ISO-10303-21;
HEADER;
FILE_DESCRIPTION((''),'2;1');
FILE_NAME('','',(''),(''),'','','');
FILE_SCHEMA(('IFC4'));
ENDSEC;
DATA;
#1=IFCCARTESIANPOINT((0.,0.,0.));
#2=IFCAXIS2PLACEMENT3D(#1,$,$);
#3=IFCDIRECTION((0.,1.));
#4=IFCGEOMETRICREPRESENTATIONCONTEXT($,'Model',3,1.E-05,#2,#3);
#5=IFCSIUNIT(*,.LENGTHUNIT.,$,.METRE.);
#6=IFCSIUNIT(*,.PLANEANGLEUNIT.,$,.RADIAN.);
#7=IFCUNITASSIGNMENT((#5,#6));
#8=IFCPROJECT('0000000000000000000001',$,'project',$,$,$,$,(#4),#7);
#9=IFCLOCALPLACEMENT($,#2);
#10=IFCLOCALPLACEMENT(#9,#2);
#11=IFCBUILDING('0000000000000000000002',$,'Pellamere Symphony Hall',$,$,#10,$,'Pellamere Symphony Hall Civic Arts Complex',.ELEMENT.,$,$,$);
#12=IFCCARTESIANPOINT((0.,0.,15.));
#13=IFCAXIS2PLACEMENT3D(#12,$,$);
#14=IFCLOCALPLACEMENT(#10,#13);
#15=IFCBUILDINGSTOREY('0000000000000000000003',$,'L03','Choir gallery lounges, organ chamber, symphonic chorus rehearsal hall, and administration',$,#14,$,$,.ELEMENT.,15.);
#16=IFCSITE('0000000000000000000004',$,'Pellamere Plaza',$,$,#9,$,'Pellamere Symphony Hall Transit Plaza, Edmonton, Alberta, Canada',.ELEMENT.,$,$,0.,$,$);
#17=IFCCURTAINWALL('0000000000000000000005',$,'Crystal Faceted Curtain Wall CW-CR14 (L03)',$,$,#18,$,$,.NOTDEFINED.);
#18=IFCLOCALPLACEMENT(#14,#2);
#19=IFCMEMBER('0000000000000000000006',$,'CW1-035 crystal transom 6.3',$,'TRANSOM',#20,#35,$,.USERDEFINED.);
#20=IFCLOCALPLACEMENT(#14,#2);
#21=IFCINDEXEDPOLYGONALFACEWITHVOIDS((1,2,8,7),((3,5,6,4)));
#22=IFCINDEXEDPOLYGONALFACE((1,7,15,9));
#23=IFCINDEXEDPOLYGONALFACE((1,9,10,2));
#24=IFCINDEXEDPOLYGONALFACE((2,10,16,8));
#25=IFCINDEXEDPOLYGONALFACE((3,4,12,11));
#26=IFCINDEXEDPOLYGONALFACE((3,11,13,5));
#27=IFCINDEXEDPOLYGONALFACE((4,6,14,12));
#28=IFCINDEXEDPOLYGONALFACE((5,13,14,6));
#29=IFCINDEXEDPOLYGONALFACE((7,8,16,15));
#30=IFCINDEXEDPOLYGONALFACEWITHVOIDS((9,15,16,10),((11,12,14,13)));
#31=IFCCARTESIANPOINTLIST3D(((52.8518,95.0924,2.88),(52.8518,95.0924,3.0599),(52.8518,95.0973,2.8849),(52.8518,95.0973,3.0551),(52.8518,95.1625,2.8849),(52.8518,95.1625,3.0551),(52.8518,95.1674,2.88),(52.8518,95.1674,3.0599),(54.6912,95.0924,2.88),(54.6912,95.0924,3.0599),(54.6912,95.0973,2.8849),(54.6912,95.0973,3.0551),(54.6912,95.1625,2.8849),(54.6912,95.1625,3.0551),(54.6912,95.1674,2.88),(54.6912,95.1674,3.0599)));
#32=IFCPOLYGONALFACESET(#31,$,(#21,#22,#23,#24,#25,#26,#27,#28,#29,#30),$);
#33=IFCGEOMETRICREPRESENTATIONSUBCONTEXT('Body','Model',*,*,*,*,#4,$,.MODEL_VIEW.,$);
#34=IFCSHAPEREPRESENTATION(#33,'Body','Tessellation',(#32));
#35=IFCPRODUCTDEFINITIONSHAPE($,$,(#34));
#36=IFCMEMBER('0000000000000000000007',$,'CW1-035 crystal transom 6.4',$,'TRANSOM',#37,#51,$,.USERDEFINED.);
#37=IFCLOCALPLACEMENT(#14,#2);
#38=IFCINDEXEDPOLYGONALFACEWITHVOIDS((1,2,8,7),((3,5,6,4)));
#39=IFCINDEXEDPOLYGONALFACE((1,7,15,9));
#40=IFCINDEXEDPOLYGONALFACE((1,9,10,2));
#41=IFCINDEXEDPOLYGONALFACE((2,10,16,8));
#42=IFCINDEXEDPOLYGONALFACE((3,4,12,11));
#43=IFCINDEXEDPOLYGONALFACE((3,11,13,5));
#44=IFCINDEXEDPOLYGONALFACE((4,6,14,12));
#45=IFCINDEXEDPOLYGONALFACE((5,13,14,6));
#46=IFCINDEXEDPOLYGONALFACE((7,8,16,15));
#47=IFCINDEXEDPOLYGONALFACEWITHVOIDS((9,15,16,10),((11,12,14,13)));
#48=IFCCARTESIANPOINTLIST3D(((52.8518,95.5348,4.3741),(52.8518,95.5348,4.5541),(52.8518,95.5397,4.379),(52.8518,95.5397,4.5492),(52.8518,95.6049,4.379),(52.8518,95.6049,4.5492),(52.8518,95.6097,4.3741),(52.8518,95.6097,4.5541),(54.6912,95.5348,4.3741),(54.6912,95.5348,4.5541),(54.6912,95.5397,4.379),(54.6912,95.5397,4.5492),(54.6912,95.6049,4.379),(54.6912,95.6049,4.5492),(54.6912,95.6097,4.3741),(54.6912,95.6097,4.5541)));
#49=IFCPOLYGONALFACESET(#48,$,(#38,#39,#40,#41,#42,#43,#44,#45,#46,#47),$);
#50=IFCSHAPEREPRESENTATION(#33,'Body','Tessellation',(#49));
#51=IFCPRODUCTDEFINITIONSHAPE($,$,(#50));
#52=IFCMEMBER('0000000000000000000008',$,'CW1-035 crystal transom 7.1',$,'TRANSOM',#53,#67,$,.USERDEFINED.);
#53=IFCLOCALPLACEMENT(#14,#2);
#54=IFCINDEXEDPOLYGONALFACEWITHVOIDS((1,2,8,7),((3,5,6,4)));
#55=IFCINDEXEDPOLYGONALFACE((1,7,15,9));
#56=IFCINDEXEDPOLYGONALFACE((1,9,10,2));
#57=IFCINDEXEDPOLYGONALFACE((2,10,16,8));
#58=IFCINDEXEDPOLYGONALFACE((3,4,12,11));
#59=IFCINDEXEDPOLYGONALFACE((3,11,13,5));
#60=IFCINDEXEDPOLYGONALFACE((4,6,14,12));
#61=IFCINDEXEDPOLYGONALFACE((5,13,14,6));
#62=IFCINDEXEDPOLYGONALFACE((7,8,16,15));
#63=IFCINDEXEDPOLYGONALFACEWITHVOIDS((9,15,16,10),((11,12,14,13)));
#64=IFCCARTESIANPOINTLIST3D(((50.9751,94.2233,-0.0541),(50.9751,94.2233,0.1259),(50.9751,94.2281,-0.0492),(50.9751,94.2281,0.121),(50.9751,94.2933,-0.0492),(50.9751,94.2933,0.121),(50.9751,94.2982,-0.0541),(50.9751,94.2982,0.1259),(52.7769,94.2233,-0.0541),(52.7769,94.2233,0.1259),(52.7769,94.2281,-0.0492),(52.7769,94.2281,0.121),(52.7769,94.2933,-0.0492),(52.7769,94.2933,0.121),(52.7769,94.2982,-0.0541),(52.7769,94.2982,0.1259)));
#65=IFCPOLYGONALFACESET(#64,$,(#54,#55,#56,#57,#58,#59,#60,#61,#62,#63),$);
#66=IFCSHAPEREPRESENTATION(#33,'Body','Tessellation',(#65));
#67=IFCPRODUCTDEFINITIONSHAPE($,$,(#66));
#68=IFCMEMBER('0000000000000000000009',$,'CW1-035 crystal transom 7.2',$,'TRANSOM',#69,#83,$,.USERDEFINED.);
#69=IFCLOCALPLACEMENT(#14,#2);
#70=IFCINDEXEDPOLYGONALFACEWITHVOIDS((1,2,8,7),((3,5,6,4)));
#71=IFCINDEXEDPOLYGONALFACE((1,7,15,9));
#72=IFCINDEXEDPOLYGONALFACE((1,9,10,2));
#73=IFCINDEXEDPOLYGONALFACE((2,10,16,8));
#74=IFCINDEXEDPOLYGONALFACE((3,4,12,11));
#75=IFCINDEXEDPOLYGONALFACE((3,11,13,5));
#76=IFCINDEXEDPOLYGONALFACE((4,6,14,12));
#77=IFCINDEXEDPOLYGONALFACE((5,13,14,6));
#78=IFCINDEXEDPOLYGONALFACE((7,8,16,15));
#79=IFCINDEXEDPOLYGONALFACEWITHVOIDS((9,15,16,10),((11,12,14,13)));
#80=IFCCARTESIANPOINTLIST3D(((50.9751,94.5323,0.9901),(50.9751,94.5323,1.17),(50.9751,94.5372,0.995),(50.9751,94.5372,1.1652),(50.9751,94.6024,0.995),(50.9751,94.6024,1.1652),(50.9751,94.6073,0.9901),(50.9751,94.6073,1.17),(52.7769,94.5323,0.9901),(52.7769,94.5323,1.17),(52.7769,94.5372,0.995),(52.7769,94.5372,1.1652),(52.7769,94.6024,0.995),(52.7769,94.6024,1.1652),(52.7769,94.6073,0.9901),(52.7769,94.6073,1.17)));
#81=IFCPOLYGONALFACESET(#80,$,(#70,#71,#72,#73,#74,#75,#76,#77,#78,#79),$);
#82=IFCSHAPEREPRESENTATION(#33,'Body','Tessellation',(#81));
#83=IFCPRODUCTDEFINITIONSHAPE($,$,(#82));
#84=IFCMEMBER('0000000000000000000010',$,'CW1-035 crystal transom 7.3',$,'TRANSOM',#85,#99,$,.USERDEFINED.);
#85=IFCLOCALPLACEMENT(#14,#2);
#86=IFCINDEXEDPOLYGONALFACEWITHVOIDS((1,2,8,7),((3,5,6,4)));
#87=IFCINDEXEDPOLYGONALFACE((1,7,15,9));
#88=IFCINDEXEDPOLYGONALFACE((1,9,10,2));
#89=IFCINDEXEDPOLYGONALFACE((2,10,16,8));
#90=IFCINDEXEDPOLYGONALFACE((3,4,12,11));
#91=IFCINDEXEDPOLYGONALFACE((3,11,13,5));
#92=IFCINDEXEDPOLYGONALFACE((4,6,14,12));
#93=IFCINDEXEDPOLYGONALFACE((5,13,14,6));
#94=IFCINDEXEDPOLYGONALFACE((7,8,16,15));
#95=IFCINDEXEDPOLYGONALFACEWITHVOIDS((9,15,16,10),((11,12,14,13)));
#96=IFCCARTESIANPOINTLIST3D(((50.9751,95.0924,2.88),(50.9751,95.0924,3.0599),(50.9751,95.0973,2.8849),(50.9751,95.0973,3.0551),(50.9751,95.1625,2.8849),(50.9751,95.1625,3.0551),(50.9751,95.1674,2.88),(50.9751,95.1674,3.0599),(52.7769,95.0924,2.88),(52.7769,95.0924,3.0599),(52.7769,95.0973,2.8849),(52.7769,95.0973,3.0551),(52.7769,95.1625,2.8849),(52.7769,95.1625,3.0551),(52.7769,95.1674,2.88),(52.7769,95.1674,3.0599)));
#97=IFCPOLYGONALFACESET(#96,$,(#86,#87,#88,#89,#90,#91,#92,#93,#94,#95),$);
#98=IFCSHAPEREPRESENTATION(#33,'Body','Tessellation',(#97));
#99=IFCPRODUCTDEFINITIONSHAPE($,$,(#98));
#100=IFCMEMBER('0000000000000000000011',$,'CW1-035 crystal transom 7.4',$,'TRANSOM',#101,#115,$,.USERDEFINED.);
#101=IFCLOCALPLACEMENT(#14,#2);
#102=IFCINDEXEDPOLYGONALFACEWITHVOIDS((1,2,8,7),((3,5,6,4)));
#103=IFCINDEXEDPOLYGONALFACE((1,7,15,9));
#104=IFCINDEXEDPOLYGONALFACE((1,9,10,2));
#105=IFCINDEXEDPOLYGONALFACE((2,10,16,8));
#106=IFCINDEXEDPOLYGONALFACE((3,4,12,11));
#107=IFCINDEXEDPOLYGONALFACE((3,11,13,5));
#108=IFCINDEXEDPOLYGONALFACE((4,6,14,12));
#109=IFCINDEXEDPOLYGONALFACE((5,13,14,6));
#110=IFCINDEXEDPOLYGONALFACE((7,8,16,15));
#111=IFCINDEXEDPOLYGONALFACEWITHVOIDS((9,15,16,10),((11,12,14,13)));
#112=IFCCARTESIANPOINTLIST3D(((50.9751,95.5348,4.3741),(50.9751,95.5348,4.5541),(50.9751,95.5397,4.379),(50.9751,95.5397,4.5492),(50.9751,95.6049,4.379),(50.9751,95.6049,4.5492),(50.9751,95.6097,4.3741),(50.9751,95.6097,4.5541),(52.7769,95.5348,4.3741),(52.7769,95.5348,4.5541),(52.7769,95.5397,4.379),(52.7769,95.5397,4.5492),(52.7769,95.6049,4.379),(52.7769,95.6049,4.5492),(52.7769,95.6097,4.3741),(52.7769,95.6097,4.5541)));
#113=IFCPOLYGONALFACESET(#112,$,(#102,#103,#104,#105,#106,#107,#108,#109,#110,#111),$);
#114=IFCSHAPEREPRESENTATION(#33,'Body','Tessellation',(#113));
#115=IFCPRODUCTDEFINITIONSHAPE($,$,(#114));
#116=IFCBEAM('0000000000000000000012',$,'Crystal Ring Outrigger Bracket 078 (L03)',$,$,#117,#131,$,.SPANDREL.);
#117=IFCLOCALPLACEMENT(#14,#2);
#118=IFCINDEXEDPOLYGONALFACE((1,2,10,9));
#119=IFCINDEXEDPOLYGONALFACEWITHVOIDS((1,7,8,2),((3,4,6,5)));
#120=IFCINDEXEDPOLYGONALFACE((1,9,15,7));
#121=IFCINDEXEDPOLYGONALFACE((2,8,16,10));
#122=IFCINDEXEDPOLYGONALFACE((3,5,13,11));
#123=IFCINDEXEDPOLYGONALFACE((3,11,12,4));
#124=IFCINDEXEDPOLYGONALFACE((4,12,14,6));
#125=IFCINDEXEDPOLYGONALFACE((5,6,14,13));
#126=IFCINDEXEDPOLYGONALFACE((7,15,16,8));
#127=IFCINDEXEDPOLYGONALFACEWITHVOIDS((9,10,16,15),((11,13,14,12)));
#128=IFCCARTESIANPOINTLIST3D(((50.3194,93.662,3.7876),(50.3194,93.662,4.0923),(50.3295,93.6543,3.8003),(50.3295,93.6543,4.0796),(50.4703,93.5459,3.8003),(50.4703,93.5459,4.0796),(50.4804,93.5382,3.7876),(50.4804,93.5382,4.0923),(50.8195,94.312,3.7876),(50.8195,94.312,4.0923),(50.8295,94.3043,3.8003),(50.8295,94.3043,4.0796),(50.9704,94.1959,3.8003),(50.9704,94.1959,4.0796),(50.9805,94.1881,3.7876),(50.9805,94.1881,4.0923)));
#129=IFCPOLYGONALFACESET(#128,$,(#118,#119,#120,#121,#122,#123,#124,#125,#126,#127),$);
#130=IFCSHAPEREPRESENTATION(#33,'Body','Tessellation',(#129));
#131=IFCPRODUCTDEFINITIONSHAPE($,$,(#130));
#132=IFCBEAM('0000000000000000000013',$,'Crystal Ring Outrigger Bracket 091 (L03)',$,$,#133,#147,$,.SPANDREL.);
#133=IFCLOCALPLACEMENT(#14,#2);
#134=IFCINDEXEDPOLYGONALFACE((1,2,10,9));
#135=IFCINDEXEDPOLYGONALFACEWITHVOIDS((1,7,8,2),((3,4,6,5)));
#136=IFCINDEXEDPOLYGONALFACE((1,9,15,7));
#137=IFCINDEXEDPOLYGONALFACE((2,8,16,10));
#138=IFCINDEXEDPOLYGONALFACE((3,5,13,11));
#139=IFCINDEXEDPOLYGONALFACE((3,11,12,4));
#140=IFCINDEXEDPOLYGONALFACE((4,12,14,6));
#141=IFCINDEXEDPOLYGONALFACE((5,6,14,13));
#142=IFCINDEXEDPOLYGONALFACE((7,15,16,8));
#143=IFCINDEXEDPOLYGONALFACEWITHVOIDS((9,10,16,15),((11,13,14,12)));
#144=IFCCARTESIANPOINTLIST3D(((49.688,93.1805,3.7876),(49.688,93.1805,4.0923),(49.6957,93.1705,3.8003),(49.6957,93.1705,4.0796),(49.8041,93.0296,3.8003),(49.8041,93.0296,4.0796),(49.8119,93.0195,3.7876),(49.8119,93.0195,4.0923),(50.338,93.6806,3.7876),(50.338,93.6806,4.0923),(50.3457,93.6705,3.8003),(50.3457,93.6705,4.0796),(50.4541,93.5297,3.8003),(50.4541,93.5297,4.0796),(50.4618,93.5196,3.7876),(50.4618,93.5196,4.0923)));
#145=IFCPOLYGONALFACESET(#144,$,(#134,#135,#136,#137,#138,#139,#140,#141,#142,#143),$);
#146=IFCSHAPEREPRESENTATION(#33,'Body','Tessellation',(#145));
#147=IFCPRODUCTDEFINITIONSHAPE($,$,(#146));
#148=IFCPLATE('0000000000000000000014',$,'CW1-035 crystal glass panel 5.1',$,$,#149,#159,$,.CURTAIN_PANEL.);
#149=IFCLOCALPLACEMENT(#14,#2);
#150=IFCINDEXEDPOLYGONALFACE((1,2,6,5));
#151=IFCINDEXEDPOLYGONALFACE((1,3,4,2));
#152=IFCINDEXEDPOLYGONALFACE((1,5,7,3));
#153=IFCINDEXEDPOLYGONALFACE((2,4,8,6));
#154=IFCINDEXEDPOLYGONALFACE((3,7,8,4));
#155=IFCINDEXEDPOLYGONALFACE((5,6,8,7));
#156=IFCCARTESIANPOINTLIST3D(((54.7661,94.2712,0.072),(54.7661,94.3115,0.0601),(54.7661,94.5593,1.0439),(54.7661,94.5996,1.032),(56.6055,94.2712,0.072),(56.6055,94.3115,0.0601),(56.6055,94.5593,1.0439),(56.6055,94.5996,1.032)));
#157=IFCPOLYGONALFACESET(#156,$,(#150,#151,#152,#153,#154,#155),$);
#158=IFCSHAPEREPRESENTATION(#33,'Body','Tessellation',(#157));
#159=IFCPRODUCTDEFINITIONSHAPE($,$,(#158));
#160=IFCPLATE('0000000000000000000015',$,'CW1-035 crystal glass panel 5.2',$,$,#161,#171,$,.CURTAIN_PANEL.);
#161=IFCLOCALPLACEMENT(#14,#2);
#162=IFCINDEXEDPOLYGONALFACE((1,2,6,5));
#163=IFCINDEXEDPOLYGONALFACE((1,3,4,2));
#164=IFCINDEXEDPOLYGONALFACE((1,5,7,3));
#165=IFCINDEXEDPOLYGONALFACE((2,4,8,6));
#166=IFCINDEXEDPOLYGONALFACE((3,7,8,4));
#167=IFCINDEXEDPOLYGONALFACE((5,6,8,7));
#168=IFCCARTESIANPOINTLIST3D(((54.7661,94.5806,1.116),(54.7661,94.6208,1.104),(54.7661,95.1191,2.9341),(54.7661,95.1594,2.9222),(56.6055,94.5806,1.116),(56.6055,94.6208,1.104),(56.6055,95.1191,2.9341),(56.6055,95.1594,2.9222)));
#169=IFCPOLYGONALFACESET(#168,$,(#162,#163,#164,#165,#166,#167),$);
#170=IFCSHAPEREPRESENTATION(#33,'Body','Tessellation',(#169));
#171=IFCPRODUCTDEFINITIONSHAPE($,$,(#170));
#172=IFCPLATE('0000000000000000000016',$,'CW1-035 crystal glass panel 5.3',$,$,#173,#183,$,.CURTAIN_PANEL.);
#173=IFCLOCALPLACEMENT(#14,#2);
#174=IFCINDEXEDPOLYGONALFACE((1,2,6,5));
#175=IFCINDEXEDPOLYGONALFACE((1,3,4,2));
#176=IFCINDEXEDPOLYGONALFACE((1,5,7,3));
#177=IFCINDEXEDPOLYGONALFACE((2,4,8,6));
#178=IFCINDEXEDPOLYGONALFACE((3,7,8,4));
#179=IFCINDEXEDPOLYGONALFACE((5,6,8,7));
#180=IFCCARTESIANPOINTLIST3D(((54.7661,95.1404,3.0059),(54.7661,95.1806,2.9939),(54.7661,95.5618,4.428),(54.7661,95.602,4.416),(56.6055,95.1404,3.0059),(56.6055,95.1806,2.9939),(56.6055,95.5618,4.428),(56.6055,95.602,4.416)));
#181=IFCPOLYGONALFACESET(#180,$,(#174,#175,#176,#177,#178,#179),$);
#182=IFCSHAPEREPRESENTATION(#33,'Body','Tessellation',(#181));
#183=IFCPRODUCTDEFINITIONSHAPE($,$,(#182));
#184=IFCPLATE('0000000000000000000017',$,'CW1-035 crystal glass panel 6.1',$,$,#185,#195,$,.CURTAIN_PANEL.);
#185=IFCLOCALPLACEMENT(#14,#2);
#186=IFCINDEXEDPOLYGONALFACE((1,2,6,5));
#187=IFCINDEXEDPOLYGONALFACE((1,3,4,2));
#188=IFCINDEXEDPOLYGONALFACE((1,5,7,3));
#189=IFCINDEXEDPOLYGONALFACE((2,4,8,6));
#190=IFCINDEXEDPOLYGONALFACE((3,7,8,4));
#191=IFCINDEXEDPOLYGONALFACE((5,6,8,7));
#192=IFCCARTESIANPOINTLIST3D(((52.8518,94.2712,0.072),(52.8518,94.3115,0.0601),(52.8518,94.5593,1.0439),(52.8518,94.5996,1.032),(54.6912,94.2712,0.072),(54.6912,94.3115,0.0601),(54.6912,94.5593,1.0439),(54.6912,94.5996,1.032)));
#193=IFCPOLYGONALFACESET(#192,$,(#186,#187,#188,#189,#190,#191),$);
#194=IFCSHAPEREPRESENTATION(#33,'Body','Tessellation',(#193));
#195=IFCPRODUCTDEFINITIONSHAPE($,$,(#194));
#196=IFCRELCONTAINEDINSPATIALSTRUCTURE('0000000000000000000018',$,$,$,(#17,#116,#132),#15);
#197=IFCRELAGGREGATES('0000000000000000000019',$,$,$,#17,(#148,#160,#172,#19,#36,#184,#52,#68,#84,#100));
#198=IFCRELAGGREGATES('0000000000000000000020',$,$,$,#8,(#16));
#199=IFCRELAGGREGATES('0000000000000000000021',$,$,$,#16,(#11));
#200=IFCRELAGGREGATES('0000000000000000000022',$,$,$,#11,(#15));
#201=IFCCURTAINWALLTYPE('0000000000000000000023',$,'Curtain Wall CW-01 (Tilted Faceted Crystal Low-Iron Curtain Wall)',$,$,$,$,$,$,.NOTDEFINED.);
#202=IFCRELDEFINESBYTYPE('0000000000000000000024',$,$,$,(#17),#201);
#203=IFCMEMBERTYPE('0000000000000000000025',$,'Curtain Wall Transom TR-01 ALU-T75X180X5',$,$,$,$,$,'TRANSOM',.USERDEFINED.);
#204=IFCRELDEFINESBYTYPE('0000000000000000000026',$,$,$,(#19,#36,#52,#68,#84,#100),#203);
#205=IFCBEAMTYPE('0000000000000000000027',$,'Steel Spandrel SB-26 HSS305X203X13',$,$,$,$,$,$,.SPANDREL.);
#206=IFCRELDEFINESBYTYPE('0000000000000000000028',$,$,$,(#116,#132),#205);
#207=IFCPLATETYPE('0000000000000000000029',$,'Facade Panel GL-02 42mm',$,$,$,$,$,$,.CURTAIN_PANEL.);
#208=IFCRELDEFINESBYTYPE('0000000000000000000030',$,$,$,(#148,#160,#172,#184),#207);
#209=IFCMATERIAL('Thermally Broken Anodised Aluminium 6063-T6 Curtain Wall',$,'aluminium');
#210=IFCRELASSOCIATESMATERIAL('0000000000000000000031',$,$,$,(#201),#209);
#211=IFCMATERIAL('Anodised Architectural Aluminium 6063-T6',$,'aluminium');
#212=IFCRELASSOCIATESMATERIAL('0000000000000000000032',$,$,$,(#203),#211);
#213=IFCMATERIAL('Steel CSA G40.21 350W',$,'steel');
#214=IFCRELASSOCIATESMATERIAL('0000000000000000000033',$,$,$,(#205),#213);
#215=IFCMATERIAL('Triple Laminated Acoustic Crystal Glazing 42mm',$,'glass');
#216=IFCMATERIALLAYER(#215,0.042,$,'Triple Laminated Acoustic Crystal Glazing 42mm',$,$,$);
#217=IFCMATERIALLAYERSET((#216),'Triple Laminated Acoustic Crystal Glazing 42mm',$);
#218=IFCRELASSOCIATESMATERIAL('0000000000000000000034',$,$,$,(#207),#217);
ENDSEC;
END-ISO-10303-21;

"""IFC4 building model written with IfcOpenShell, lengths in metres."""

from ifc_helpers import new_model, si_unit, direction, frame, origin, origin_2d, place, context, subcontext, project, spatial, polyline, hollow_rectangle, outline, extrude, material, layer, layer_set, material_profile, profile_set, type_object, element, aggregate, save


model = new_model("IFC4")

# Units and contexts
model_context = context("Model", 3, precision=1e-05, world=origin(), true_north=direction((0.0, 1.0)))
body_context = subcontext(model_context, "Body", "Model", "MODEL_VIEW")
ifc_project = project(units=[si_unit("LENGTHUNIT", "METRE"), si_unit("PLANEANGLEUNIT", "RADIAN")], contexts=[model_context])

# Site, building, storey
site_placement = place(None, origin())
site = spatial("IfcSite", under=ifc_project, at=site_placement, Name="Pellamere Plaza", LongName="Pellamere Symphony Hall Transit Plaza, Edmonton, Alberta, Canada", CompositionType="ELEMENT", RefElevation=0.0)
building_placement = place(site_placement, origin())
building = spatial("IfcBuilding", under=site, at=building_placement, Name="Pellamere Symphony Hall", LongName="Pellamere Symphony Hall Civic Arts Complex", CompositionType="ELEMENT")
storey_placement = place(building_placement, frame((0.0, 0.0, 15.0)))
storey = spatial("IfcBuildingStorey", under=building, at=storey_placement, Name="L03", Description="Choir gallery lounges, organ chamber, symphonic chorus rehearsal hall, and administration", CompositionType="ELEMENT", Elevation=15.0)

# Curtain wall, members
ifc_material_1 = material(Name="Thermally Broken Anodised Aluminium 6063-T6 Curtain Wall", Category="aluminium")
curtain_wall_type = type_object("IfcCurtainWallType", Name="Curtain Wall CW-01 (Tilted Faceted Crystal Low-Iron Curtain Wall)", PredefinedType="NOTDEFINED", material=ifc_material_1)
curtain_wall_placement = place(storey_placement, origin())
curtain_wall = element("IfcCurtainWall", 1, at=curtain_wall_placement, inside=storey, type_object=curtain_wall_type, Name="Crystal Faceted Curtain Wall CW-CR14 (L03)", PredefinedType="NOTDEFINED")
ifc_material_2 = material(Name="Anodised Architectural Aluminium 6063-T6", Category="aluminium")
ifc_material_profile_1 = material_profile(ifc_material_2, hollow_rectangle(XDim=0.075, YDim=0.1799, WallThickness=0.0049, at=origin_2d()), Name="ALU-T75X180X5")
ifc_profile_set_1 = profile_set([ifc_material_profile_1], Name="Anodised Architectural Aluminium 6063-T6")
member_type_1 = type_object("IfcMemberType", Name="Curtain Wall Transom TR-01 ALU-T75X180X5", ElementType="TRANSOM", PredefinedType="USERDEFINED", material=ifc_profile_set_1)
member_1_placement = place(storey_placement, frame((54.6912, 95.1299, 2.97), z_axis=(-1.0, 0.0, 0.0), x_axis=(0.0, -1.0, 0.0)))
member_1 = element("IfcMember", 2, at=member_1_placement, type_object=member_type_1, Name="CW1-035 crystal transom 6.3", ObjectType="TRANSOM", PredefinedType="USERDEFINED", context=body_context, shape_type="SweptSolid", body=[
    extrude(hollow_rectangle(XDim=0.075, YDim=0.1799, WallThickness=0.0049, at=origin_2d()), origin(), (0.0, 0.0, 1.0), 1.8394),
])
member_2_placement = place(storey_placement, frame((54.6912, 95.5723, 4.4641), z_axis=(-1.0, 0.0, 0.0), x_axis=(0.0, -1.0, 0.0)))
member_2 = element("IfcMember", 3, at=member_2_placement, type_object=member_type_1, Name="CW1-035 crystal transom 6.4", ObjectType="TRANSOM", PredefinedType="USERDEFINED", context=body_context, shape_type="SweptSolid", body=[
    extrude(hollow_rectangle(XDim=0.075, YDim=0.1799, WallThickness=0.0049, at=origin_2d()), origin(), (0.0, 0.0, 1.0), 1.8394),
])
member_3_placement = place(storey_placement, frame((52.7769, 94.2607, 0.0359), z_axis=(-1.0, 0.0, 0.0), x_axis=(0.0, -1.0, 0.0)))
member_3 = element("IfcMember", 4, at=member_3_placement, type_object=member_type_1, Name="CW1-035 crystal transom 7.1", ObjectType="TRANSOM", PredefinedType="USERDEFINED", context=body_context, shape_type="SweptSolid", body=[
    extrude(hollow_rectangle(XDim=0.075, YDim=0.1799, WallThickness=0.0049, at=origin_2d()), origin(), (0.0, 0.0, 1.0), 1.8018),
])
member_4_placement = place(storey_placement, frame((52.7769, 94.5698, 1.0801), z_axis=(-1.0, 0.0, 0.0), x_axis=(0.0, -1.0, 0.0)))
member_4 = element("IfcMember", 5, at=member_4_placement, type_object=member_type_1, Name="CW1-035 crystal transom 7.2", ObjectType="TRANSOM", PredefinedType="USERDEFINED", context=body_context, shape_type="SweptSolid", body=[
    extrude(hollow_rectangle(XDim=0.075, YDim=0.1799, WallThickness=0.0049, at=origin_2d()), origin(), (0.0, 0.0, 1.0), 1.8018),
])
member_5_placement = place(storey_placement, frame((52.7769, 95.1299, 2.97), z_axis=(-1.0, 0.0, 0.0), x_axis=(0.0, -1.0, 0.0)))
member_5 = element("IfcMember", 6, at=member_5_placement, type_object=member_type_1, Name="CW1-035 crystal transom 7.3", ObjectType="TRANSOM", PredefinedType="USERDEFINED", context=body_context, shape_type="SweptSolid", body=[
    extrude(hollow_rectangle(XDim=0.075, YDim=0.1799, WallThickness=0.0049, at=origin_2d()), origin(), (0.0, 0.0, 1.0), 1.8018),
])
member_6_placement = place(storey_placement, frame((52.7769, 95.5723, 4.4641), z_axis=(-1.0, 0.0, 0.0), x_axis=(0.0, -1.0, 0.0)))
member_6 = element("IfcMember", 7, at=member_6_placement, type_object=member_type_1, Name="CW1-035 crystal transom 7.4", ObjectType="TRANSOM", PredefinedType="USERDEFINED", context=body_context, shape_type="SweptSolid", body=[
    extrude(hollow_rectangle(XDim=0.075, YDim=0.1799, WallThickness=0.0049, at=origin_2d()), origin(), (0.0, 0.0, 1.0), 1.8018),
])

# Beams
ifc_material_3 = material(Name="Steel CSA G40.21 350W", Category="steel")
ifc_material_profile_2 = material_profile(ifc_material_3, hollow_rectangle(XDim=0.2031, YDim=0.3047, WallThickness=0.0127, at=origin_2d()), Name="HSS305X203X13")
ifc_profile_set_2 = profile_set([ifc_material_profile_2], Name="Steel CSA G40.21 350W")
beam_type = type_object("IfcBeamType", Name="Steel Spandrel SB-26 HSS305X203X13", PredefinedType="SPANDREL", material=ifc_profile_set_2)
for number, where, z_axis, x_axis, name in (
    (8, (50.3999, 93.6001, 3.9399), (0.609768, 0.79258, 0.0), (-0.79258, 0.609768, 0.0), "Crystal Ring Outrigger Bracket 078 (L03)"),
    (9, (50.3999, 93.6001, 3.9399), (-0.79258, -0.609768, 0.0), (0.609768, -0.79258, 0.0), "Crystal Ring Outrigger Bracket 091 (L03)"),
):
    element("IfcBeam", number, at=place(storey_placement, frame(where, z_axis=z_axis, x_axis=x_axis)), inside=storey, type_object=beam_type, Name=name, PredefinedType="SPANDREL", context=body_context, shape_type="SweptSolid", body=[
        extrude(hollow_rectangle(XDim=0.2031, YDim=0.3047, WallThickness=0.0127, at=origin_2d()), origin(), (0.0, 0.0, 1.0), 0.8201),
    ])

# Plates
ifc_material_4 = material(Name="Triple Laminated Acoustic Crystal Glazing 42mm", Category="glass")
ifc_layer_1 = layer(ifc_material_4, 0.042, Name="Triple Laminated Acoustic Crystal Glazing 42mm")
ifc_layer_set_1 = layer_set([ifc_layer_1], Name="Triple Laminated Acoustic Crystal Glazing 42mm")
plate_type_1 = type_object("IfcPlateType", Name="Facade Panel GL-02 42mm", PredefinedType="CURTAIN_PANEL", material=ifc_layer_set_1)
plate_1_placement = place(storey_placement, frame((56.6055, 94.2712, 0.072), z_axis=(0.0, -0.958769, 0.284187), x_axis=(-1.0, 0.0, 0.0)))
plate_1 = element("IfcPlate", 10, at=plate_1_placement, type_object=plate_type_1, Name="CW1-035 crystal glass panel 5.1", PredefinedType="CURTAIN_PANEL", context=body_context, shape_type="SweptSolid", body=[
    extrude(outline(polyline([(0.0, 0.0), (1.8394, 0.0), (1.8394, -1.0137), (0.0, -1.0137), (0.0, 0.0)])), origin(), (0.0, 0.0, -1.0), 0.042),
])
plate_2_placement = place(storey_placement, frame((56.6055, 94.5806, 1.116), z_axis=(0.0, -0.958816, 0.284027), x_axis=(-1.0, 0.0, 0.0)))
plate_2 = element("IfcPlate", 11, at=plate_2_placement, type_object=plate_type_1, Name="CW1-035 crystal glass panel 5.2", PredefinedType="CURTAIN_PANEL", context=body_context, shape_type="SweptSolid", body=[
    extrude(outline(polyline([(0.0, 0.0), (1.8394, 0.0), (1.8394, -1.8962), (0.0, -1.8962), (0.0, 0.0)])), origin(), (0.0, 0.0, -1.0), 0.042),
])
plate_3_placement = place(storey_placement, frame((56.6055, 95.1404, 3.0059), z_axis=(0.0, -0.958795, 0.2841), x_axis=(-1.0, 0.0, 0.0)))
plate_3 = element("IfcPlate", 12, at=plate_3_placement, type_object=plate_type_1, Name="CW1-035 crystal glass panel 5.3", PredefinedType="CURTAIN_PANEL", context=body_context, shape_type="SweptSolid", body=[
    extrude(outline(polyline([(0.0, 0.0), (1.8394, 0.0), (1.8394, -1.4832), (0.0, -1.4832), (0.0, 0.0)])), origin(), (0.0, 0.0, -1.0), 0.042),
])
plate_4_placement = place(storey_placement, frame((54.6912, 94.2712, 0.072), z_axis=(0.0, -0.958769, 0.284187), x_axis=(-1.0, 0.0, 0.0)))
plate_4 = element("IfcPlate", 13, at=plate_4_placement, type_object=plate_type_1, Name="CW1-035 crystal glass panel 6.1", PredefinedType="CURTAIN_PANEL", context=body_context, shape_type="SweptSolid", body=[
    extrude(outline(polyline([(0.0, 0.0), (1.8394, 0.0), (1.8394, -1.0137), (0.0, -1.0137), (0.0, 0.0)])), origin(), (0.0, 0.0, -1.0), 0.042),
])
aggregate(curtain_wall, [plate_1, plate_2, plate_3, member_1, member_2, plate_4, member_3, member_4, member_5, member_6])

save(model, "model.ifc")
